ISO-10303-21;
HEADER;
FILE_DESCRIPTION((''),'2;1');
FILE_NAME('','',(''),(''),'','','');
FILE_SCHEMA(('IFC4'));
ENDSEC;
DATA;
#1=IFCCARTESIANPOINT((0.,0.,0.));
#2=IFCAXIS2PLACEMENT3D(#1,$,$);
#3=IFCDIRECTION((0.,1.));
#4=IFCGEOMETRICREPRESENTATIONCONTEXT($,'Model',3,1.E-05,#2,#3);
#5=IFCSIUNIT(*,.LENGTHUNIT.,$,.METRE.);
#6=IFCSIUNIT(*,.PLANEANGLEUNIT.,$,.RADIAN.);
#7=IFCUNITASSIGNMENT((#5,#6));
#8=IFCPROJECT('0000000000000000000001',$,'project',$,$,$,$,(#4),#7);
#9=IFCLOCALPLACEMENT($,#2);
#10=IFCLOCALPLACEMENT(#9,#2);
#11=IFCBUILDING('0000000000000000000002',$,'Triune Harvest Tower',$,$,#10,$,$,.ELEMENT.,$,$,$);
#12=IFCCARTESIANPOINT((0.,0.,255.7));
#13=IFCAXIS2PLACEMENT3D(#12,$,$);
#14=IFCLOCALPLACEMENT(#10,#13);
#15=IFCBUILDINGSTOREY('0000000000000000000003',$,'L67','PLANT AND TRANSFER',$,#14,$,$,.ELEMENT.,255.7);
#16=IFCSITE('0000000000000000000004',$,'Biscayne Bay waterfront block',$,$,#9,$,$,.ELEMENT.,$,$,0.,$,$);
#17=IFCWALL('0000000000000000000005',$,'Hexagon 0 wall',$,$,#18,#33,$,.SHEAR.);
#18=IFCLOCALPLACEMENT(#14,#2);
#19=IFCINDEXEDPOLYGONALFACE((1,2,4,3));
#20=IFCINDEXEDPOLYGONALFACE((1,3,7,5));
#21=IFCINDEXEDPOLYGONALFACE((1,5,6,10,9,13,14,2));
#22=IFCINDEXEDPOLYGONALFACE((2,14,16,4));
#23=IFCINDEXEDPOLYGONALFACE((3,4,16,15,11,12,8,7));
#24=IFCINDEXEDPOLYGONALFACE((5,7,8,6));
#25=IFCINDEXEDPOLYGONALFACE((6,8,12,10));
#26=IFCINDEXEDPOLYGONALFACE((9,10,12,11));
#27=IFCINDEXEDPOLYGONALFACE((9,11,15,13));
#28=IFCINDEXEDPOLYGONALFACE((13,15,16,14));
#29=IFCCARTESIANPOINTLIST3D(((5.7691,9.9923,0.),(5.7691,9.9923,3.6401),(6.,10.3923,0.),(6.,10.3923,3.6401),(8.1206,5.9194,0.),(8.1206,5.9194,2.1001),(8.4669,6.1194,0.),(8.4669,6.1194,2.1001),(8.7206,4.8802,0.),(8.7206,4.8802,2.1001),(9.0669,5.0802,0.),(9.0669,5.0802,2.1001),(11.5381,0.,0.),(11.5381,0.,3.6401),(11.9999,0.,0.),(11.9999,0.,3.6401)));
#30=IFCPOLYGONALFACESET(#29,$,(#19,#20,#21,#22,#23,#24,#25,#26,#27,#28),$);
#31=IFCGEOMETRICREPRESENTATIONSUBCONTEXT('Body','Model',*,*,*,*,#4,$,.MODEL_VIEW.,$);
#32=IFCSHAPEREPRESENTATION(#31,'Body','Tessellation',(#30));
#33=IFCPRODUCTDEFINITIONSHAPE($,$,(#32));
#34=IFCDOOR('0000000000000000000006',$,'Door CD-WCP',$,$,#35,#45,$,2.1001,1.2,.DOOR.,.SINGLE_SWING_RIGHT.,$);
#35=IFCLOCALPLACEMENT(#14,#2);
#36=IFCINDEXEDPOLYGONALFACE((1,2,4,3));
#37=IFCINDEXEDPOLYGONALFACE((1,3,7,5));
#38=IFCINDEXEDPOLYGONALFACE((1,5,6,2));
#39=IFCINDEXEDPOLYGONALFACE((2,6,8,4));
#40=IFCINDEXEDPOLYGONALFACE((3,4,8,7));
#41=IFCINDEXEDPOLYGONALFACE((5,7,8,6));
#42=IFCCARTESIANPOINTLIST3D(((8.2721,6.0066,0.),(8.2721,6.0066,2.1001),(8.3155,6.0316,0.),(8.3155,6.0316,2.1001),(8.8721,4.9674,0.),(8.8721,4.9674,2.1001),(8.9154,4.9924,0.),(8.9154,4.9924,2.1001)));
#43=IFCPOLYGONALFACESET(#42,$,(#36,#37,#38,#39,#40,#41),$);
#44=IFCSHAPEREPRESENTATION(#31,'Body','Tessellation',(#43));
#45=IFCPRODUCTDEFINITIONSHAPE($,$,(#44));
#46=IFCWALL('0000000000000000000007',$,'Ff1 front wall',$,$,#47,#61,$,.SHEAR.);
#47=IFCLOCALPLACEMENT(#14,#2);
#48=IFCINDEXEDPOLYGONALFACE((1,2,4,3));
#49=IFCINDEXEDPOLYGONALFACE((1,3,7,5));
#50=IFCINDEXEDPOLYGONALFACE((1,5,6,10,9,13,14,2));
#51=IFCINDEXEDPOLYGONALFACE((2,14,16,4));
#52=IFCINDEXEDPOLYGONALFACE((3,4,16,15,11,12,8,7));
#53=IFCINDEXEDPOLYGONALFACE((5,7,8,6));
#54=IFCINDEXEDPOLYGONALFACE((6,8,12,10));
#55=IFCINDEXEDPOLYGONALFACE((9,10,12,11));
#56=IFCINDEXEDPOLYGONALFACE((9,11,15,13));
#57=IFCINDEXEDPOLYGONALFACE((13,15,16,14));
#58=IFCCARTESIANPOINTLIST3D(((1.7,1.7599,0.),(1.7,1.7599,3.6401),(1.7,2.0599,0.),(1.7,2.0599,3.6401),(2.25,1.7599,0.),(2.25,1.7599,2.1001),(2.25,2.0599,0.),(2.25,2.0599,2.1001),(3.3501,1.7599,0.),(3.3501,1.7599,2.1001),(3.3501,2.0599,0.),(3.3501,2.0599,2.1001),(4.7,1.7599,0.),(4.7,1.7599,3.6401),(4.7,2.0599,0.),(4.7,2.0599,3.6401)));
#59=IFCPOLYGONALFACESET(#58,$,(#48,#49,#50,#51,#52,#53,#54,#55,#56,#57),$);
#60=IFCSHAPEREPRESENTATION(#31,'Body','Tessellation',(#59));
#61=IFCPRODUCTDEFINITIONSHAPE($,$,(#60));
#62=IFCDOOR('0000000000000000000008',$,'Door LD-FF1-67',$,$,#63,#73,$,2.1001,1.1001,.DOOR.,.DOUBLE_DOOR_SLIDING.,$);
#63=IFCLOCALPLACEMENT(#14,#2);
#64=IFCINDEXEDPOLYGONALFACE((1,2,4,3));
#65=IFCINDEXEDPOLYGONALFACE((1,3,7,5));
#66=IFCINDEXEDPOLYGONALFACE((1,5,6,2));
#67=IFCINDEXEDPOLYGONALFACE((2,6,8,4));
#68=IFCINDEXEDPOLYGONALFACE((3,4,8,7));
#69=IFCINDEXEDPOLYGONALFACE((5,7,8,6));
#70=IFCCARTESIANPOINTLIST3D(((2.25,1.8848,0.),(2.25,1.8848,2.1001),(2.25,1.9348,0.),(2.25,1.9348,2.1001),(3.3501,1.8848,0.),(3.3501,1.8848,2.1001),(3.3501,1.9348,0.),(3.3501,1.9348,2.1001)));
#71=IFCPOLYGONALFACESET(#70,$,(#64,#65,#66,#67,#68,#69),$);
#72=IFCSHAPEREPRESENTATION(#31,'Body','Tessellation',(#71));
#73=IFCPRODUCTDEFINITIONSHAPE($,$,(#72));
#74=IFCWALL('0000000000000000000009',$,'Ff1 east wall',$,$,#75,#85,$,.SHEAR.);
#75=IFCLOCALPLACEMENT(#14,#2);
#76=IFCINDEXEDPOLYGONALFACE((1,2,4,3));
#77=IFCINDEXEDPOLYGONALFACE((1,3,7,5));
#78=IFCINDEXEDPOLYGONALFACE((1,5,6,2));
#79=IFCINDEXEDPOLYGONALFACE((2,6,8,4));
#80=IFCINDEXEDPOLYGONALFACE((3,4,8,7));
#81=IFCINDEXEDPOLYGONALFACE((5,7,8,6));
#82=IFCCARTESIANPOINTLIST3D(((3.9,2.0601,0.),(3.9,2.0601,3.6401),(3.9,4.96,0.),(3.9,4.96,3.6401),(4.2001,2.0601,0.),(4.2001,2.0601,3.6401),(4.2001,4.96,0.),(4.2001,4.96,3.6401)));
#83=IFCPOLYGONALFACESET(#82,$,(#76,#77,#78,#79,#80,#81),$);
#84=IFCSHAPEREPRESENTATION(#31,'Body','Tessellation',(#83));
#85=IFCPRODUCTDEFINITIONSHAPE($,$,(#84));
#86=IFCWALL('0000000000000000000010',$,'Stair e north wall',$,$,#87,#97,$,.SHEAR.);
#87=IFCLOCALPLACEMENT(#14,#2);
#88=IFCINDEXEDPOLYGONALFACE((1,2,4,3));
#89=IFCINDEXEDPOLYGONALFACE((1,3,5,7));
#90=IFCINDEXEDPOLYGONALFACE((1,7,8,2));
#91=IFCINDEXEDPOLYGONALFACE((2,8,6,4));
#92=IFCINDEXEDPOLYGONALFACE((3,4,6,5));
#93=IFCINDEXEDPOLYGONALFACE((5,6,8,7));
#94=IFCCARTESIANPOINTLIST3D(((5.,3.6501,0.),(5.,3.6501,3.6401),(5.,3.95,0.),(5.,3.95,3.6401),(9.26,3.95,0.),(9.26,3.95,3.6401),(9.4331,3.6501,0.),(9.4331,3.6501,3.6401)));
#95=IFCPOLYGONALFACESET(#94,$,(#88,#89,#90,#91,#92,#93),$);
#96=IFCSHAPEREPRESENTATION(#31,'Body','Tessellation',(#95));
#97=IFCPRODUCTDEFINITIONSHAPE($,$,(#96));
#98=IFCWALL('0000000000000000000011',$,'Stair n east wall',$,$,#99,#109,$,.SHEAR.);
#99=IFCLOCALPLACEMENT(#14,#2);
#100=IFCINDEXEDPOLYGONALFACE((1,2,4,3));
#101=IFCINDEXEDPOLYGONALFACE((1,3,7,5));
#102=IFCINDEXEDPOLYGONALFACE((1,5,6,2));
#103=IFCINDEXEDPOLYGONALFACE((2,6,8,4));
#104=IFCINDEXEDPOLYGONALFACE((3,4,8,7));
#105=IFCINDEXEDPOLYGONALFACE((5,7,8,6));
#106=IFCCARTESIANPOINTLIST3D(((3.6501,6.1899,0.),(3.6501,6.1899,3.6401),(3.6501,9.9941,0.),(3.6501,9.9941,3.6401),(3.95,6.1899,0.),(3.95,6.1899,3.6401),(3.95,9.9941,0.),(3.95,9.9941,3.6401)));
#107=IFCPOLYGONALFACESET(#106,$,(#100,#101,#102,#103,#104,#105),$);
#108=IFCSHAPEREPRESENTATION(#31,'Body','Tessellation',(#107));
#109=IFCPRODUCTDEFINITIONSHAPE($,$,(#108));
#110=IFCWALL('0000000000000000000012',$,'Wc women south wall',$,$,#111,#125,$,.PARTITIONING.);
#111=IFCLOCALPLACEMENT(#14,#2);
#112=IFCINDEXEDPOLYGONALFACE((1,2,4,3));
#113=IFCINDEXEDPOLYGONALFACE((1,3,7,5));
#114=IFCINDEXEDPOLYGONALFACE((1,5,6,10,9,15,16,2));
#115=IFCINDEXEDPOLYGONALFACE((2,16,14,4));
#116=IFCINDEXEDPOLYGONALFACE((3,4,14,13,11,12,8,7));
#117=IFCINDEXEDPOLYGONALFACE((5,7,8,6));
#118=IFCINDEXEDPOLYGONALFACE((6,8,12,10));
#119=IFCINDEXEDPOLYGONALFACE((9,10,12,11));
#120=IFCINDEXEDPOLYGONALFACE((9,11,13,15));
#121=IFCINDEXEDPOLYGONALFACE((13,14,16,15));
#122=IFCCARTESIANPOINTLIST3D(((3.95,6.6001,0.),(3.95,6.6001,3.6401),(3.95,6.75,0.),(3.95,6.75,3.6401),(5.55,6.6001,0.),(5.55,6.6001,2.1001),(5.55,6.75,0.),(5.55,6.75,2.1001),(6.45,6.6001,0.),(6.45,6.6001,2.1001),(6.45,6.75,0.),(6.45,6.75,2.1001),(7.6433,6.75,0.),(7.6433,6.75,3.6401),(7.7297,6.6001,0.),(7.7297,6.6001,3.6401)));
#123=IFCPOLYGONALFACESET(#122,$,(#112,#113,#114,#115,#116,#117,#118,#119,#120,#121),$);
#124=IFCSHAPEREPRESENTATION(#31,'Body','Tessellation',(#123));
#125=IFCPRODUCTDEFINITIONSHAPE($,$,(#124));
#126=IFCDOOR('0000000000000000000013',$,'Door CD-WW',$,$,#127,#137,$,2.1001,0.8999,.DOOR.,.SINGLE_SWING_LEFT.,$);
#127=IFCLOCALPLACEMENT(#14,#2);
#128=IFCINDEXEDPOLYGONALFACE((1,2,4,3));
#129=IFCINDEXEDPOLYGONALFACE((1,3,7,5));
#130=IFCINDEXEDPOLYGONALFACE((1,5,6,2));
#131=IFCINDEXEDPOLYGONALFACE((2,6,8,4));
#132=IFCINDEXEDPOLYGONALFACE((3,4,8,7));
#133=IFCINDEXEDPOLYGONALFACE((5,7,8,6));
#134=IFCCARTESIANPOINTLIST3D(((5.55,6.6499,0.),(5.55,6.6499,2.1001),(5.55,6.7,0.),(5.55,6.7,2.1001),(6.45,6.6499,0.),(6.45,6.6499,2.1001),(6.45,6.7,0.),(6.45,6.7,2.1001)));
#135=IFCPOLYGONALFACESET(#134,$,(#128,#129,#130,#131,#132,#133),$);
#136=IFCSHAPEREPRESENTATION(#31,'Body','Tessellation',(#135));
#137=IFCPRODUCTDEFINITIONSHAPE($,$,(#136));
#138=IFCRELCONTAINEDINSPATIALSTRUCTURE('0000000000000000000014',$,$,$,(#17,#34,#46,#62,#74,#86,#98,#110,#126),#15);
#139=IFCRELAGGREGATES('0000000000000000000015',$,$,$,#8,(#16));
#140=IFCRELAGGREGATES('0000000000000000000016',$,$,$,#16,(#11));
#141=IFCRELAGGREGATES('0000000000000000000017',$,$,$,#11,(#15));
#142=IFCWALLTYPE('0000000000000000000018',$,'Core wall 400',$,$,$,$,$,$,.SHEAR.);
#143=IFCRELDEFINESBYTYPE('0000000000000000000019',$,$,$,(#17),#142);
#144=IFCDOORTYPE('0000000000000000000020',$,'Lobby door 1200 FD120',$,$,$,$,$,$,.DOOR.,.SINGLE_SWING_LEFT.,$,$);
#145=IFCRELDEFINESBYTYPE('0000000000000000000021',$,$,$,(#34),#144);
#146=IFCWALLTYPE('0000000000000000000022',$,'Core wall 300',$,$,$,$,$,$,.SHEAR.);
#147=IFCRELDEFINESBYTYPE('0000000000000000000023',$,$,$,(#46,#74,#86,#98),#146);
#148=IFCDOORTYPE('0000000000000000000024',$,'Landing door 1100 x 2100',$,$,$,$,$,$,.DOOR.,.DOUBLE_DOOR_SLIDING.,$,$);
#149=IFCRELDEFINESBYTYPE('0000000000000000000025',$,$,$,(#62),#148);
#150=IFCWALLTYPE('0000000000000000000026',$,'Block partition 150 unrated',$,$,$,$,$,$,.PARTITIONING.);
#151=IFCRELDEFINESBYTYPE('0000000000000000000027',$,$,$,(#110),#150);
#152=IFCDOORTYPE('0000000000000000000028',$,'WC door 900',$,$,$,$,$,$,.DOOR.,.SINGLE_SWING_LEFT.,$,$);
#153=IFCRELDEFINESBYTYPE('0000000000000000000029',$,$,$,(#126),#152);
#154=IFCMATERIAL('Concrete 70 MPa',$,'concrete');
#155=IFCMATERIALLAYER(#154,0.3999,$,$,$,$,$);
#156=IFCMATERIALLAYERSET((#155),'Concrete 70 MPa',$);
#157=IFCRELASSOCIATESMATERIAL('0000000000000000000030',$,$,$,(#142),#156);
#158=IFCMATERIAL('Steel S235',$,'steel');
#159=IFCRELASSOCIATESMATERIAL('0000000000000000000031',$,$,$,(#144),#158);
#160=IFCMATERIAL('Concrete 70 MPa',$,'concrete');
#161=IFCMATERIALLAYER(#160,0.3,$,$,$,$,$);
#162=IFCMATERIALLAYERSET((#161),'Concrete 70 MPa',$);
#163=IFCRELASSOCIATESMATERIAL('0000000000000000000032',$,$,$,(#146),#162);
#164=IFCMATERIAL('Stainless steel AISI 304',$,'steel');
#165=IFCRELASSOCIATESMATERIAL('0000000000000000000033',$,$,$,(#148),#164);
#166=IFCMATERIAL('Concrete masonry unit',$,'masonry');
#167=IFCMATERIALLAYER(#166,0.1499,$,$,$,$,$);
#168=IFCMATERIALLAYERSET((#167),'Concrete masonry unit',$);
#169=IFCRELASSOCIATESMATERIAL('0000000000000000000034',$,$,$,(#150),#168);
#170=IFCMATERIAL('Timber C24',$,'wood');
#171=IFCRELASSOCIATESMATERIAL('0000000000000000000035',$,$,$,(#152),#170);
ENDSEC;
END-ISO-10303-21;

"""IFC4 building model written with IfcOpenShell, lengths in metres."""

from ifc_helpers import new_model, si_unit, direction, frame, frame_2d, origin, place, context, subcontext, project, spatial, polyline, rectangle, outline, extrude, source, transform, mapped, material, layer, layer_set, type_object, element, fill, save


model = new_model("IFC4")

# Units and contexts
model_context = context("Model", 3, precision=1e-05, world=origin(), true_north=direction((0.0, 1.0)))
body_context = subcontext(model_context, "Body", "Model", "MODEL_VIEW")
ifc_project = project(units=[si_unit("LENGTHUNIT", "METRE"), si_unit("PLANEANGLEUNIT", "RADIAN")], contexts=[model_context])

# Site, building, storey
site_placement = place(None, origin())
site = spatial("IfcSite", under=ifc_project, at=site_placement, Name="Biscayne Bay waterfront block", CompositionType="ELEMENT", RefElevation=0.0)
building_placement = place(site_placement, origin())
building = spatial("IfcBuilding", under=site, at=building_placement, Name="Triune Harvest Tower", CompositionType="ELEMENT")
storey_placement = place(building_placement, frame((0.0, 0.0, 255.7)))
storey = spatial("IfcBuildingStorey", under=building, at=storey_placement, Name="L67", Description="PLANT AND TRANSFER", CompositionType="ELEMENT", Elevation=255.7)

# Walls, openings, doors
ifc_material_1 = material(Name="Concrete 70 MPa", Category="concrete")
ifc_layer_1 = layer(ifc_material_1, 0.3999)
ifc_layer_set_1 = layer_set([ifc_layer_1], Name="Concrete 70 MPa")
wall_type_1 = type_object("IfcWallType", Name="Core wall 400", PredefinedType="SHEAR", material=ifc_layer_set_1)
shared_shape_1 = source(origin(), body_context, "Body", "SweptSolid", [
    extrude(outline(polyline([(-0.1155, -0.2), (11.8845, -0.2), (11.6536, 0.2), (0.1155, 0.2), (-0.1155, -0.2)])), origin(), (0.0, 0.0, 1.0), 3.6401),
])
wall_1_placement = place(storey_placement, frame((11.769, 0.0, 0.0), z_axis=(0.0, 0.0, 1.0), x_axis=(-0.499997, 0.866027, 0.0)))
wall_1 = element("IfcWall", 1, at=wall_1_placement, inside=storey, type_object=wall_type_1, Name="Hexagon 0 wall", PredefinedType="SHEAR", context=body_context, shape_type="MappedRepresentation", body=[
    mapped(shared_shape_1, transform((0.0, 0.0, 0.0), scale=1.0)),
])
opening_1_placement = place(wall_1_placement, frame((5.7505, 0.0, 0.0)))
opening_1 = element("IfcOpeningElement", 2, at=opening_1_placement, cuts=wall_1, PredefinedType="OPENING", context=body_context, shape_type="SweptSolid", body=[
    extrude(rectangle(XDim=1.2, YDim=2.1001, at=frame_2d((0.6001, 1.05))), frame((0.0, 0.21, 0.0), z_axis=(0.0, -1.0, 0.0), x_axis=(1.0, 0.0, 0.0)), (0.0, 0.0, 1.0), 0.4199),
])
ifc_material_2 = material(Name="Steel S235", Category="steel")
door_type_1 = type_object("IfcDoorType", Name="Lobby door 1200 FD120", OperationType="SINGLE_SWING_LEFT", PredefinedType="DOOR", material=ifc_material_2)
door_1_placement = place(opening_1_placement, frame((1.2, 0.0, 0.0), z_axis=(0.0, 0.0, 1.0), x_axis=(-1.0, 0.0, 0.0)))
door_1 = element("IfcDoor", 3, at=door_1_placement, inside=storey, type_object=door_type_1, Name="Door CD-WCP", OperationType="SINGLE_SWING_RIGHT", OverallHeight=2.1001, OverallWidth=1.2, PredefinedType="DOOR", context=body_context, shape_type="SweptSolid", body=[
    extrude(rectangle(XDim=1.2, YDim=2.1001, at=frame_2d((0.6001, 1.05))), frame((0.0, 0.0249, 0.0), z_axis=(0.0, -1.0, 0.0), x_axis=(1.0, 0.0, 0.0)), (0.0, 0.0, 1.0), 0.05),
])
fill(opening_1, door_1)
ifc_material_3 = material(Name="Concrete 70 MPa", Category="concrete")
ifc_layer_2 = layer(ifc_material_3, 0.3)
ifc_layer_set_2 = layer_set([ifc_layer_2], Name="Concrete 70 MPa")
wall_type_2 = type_object("IfcWallType", Name="Core wall 300", PredefinedType="SHEAR", material=ifc_layer_set_2)
shared_shape_2 = source(origin(), body_context, "Body", "SweptSolid", [
    extrude(rectangle(XDim=3.0, YDim=0.3, at=frame_2d((1.5, 0.0))), origin(), (0.0, 0.0, 1.0), 3.6401),
])
wall_2_placement = place(storey_placement, frame((1.7, 1.9099, 0.0), z_axis=(0.0, 0.0, 1.0), x_axis=(1.0, 0.0, 0.0)))
wall_2 = element("IfcWall", 4, at=wall_2_placement, inside=storey, type_object=wall_type_2, Name="Ff1 front wall", PredefinedType="SHEAR", context=body_context, shape_type="MappedRepresentation", body=[
    mapped(shared_shape_2, transform((0.0, 0.0, 0.0), scale=1.0)),
])
opening_2_placement = place(wall_2_placement, frame((0.55, 0.0, 0.0)))
opening_2 = element("IfcOpeningElement", 5, at=opening_2_placement, cuts=wall_2, PredefinedType="OPENING", context=body_context, shape_type="SweptSolid", body=[
    extrude(rectangle(XDim=1.1001, YDim=2.1001, at=frame_2d((0.55, 1.05))), frame((0.0, 0.1602, 0.0), z_axis=(0.0, -1.0, 0.0), x_axis=(1.0, 0.0, 0.0)), (0.0, 0.0, 1.0), 0.3201),
])
ifc_material_4 = material(Name="Stainless steel AISI 304", Category="steel")
door_type_2 = type_object("IfcDoorType", Name="Landing door 1100 x 2100", OperationType="DOUBLE_DOOR_SLIDING", PredefinedType="DOOR", material=ifc_material_4)
door_2_placement = place(opening_2_placement, origin())
door_2 = element("IfcDoor", 6, at=door_2_placement, inside=storey, type_object=door_type_2, Name="Door LD-FF1-67", OperationType="DOUBLE_DOOR_SLIDING", OverallHeight=2.1001, OverallWidth=1.1001, PredefinedType="DOOR", context=body_context, shape_type="SweptSolid", body=[
    extrude(rectangle(XDim=1.1001, YDim=2.1001, at=frame_2d((0.55, 1.05))), frame((0.0, 0.0249, 0.0), z_axis=(0.0, -1.0, 0.0), x_axis=(1.0, 0.0, 0.0)), (0.0, 0.0, 1.0), 0.05),
])
fill(opening_2, door_2)

# Walls
shared_shape_3 = source(origin(), body_context, "Body", "SweptSolid", [
    extrude(rectangle(XDim=2.8999, YDim=0.3, at=frame_2d((1.45, 0.0))), origin(), (0.0, 0.0, 1.0), 3.6401),
])
wall_3_placement = place(storey_placement, frame((4.05, 2.0601, 0.0), z_axis=(0.0, 0.0, 1.0), x_axis=(0.0, 1.0, 0.0)))
element("IfcWall", 7, at=wall_3_placement, inside=storey, type_object=wall_type_2, Name="Ff1 east wall", PredefinedType="SHEAR", context=body_context, shape_type="MappedRepresentation", body=[
    mapped(shared_shape_3, transform((0.0, 0.0, 0.0), scale=1.0)),
])
shared_shape_4 = source(origin(), body_context, "Body", "SweptSolid", [
    extrude(outline(polyline([(0.0, -0.1499), (0.0, 0.1499), (4.26, 0.1499), (4.4331, -0.1499), (0.0, -0.1499)])), origin(), (0.0, 0.0, 1.0), 3.6401),
])
wall_4_placement = place(storey_placement, frame((5.0, 3.8, 0.0), z_axis=(0.0, 0.0, 1.0), x_axis=(1.0, 0.0, 0.0)))
element("IfcWall", 8, at=wall_4_placement, inside=storey, type_object=wall_type_2, Name="Stair e north wall", PredefinedType="SHEAR", context=body_context, shape_type="MappedRepresentation", body=[
    mapped(shared_shape_4, transform((0.0, 0.0, 0.0), scale=1.0)),
])
shared_shape_5 = source(origin(), body_context, "Body", "SweptSolid", [
    extrude(outline(polyline([(0.0, -0.1499), (0.0, 0.1499), (3.8042, 0.1499), (3.8042, -0.1499), (0.0, -0.1499)])), origin(), (0.0, 0.0, 1.0), 3.6401),
])
wall_5_placement = place(storey_placement, frame((3.8, 6.1899, 0.0), z_axis=(0.0, 0.0, 1.0), x_axis=(0.0, 1.0, 0.0)))
element("IfcWall", 9, at=wall_5_placement, inside=storey, type_object=wall_type_2, Name="Stair n east wall", PredefinedType="SHEAR", context=body_context, shape_type="MappedRepresentation", body=[
    mapped(shared_shape_5, transform((0.0, 0.0, 0.0), scale=1.0)),
])

# Wall, opening, door
ifc_material_5 = material(Name="Concrete masonry unit", Category="masonry")
ifc_layer_3 = layer(ifc_material_5, 0.1499)
ifc_layer_set_3 = layer_set([ifc_layer_3], Name="Concrete masonry unit")
wall_type_3 = type_object("IfcWallType", Name="Block partition 150 unrated", PredefinedType="PARTITIONING", material=ifc_layer_set_3)
shared_shape_6 = source(origin(), body_context, "Body", "SweptSolid", [
    extrude(outline(polyline([(0.0, -0.075), (0.0, 0.075), (3.6934, 0.075), (3.7798, -0.075), (0.0, -0.075)])), origin(), (0.0, 0.0, 1.0), 3.6401),
])
wall_6_placement = place(storey_placement, frame((3.95, 6.675, 0.0), z_axis=(0.0, 0.0, 1.0), x_axis=(1.0, 0.0, 0.0)))
wall_6 = element("IfcWall", 10, at=wall_6_placement, inside=storey, type_object=wall_type_3, Name="Wc women south wall", PredefinedType="PARTITIONING", context=body_context, shape_type="MappedRepresentation", body=[
    mapped(shared_shape_6, transform((0.0, 0.0, 0.0), scale=1.0)),
])
opening_3_placement = place(wall_6_placement, frame((1.6001, 0.0, 0.0)))
opening_3 = element("IfcOpeningElement", 11, at=opening_3_placement, cuts=wall_6, PredefinedType="OPENING", context=body_context, shape_type="SweptSolid", body=[
    extrude(rectangle(XDim=0.8999, YDim=2.1001, at=frame_2d((0.45, 1.05))), frame((0.0, 0.085, 0.0), z_axis=(0.0, -1.0, 0.0), x_axis=(1.0, 0.0, 0.0)), (0.0, 0.0, 1.0), 0.1699),
])
ifc_material_6 = material(Name="Timber C24", Category="wood")
door_type_3 = type_object("IfcDoorType", Name="WC door 900", OperationType="SINGLE_SWING_LEFT", PredefinedType="DOOR", material=ifc_material_6)
door_3_placement = place(opening_3_placement, origin())
door_3 = element("IfcDoor", 12, at=door_3_placement, inside=storey, type_object=door_type_3, Name="Door CD-WW", OperationType="SINGLE_SWING_LEFT", OverallHeight=2.1001, OverallWidth=0.8999, PredefinedType="DOOR", context=body_context, shape_type="SweptSolid", body=[
    extrude(rectangle(XDim=0.8999, YDim=2.1001, at=frame_2d((0.45, 1.05))), frame((0.0, 0.0249, 0.0), z_axis=(0.0, -1.0, 0.0), x_axis=(1.0, 0.0, 0.0)), (0.0, 0.0, 1.0), 0.05),
])
fill(opening_3, door_3)

save(model, "model.ifc")
